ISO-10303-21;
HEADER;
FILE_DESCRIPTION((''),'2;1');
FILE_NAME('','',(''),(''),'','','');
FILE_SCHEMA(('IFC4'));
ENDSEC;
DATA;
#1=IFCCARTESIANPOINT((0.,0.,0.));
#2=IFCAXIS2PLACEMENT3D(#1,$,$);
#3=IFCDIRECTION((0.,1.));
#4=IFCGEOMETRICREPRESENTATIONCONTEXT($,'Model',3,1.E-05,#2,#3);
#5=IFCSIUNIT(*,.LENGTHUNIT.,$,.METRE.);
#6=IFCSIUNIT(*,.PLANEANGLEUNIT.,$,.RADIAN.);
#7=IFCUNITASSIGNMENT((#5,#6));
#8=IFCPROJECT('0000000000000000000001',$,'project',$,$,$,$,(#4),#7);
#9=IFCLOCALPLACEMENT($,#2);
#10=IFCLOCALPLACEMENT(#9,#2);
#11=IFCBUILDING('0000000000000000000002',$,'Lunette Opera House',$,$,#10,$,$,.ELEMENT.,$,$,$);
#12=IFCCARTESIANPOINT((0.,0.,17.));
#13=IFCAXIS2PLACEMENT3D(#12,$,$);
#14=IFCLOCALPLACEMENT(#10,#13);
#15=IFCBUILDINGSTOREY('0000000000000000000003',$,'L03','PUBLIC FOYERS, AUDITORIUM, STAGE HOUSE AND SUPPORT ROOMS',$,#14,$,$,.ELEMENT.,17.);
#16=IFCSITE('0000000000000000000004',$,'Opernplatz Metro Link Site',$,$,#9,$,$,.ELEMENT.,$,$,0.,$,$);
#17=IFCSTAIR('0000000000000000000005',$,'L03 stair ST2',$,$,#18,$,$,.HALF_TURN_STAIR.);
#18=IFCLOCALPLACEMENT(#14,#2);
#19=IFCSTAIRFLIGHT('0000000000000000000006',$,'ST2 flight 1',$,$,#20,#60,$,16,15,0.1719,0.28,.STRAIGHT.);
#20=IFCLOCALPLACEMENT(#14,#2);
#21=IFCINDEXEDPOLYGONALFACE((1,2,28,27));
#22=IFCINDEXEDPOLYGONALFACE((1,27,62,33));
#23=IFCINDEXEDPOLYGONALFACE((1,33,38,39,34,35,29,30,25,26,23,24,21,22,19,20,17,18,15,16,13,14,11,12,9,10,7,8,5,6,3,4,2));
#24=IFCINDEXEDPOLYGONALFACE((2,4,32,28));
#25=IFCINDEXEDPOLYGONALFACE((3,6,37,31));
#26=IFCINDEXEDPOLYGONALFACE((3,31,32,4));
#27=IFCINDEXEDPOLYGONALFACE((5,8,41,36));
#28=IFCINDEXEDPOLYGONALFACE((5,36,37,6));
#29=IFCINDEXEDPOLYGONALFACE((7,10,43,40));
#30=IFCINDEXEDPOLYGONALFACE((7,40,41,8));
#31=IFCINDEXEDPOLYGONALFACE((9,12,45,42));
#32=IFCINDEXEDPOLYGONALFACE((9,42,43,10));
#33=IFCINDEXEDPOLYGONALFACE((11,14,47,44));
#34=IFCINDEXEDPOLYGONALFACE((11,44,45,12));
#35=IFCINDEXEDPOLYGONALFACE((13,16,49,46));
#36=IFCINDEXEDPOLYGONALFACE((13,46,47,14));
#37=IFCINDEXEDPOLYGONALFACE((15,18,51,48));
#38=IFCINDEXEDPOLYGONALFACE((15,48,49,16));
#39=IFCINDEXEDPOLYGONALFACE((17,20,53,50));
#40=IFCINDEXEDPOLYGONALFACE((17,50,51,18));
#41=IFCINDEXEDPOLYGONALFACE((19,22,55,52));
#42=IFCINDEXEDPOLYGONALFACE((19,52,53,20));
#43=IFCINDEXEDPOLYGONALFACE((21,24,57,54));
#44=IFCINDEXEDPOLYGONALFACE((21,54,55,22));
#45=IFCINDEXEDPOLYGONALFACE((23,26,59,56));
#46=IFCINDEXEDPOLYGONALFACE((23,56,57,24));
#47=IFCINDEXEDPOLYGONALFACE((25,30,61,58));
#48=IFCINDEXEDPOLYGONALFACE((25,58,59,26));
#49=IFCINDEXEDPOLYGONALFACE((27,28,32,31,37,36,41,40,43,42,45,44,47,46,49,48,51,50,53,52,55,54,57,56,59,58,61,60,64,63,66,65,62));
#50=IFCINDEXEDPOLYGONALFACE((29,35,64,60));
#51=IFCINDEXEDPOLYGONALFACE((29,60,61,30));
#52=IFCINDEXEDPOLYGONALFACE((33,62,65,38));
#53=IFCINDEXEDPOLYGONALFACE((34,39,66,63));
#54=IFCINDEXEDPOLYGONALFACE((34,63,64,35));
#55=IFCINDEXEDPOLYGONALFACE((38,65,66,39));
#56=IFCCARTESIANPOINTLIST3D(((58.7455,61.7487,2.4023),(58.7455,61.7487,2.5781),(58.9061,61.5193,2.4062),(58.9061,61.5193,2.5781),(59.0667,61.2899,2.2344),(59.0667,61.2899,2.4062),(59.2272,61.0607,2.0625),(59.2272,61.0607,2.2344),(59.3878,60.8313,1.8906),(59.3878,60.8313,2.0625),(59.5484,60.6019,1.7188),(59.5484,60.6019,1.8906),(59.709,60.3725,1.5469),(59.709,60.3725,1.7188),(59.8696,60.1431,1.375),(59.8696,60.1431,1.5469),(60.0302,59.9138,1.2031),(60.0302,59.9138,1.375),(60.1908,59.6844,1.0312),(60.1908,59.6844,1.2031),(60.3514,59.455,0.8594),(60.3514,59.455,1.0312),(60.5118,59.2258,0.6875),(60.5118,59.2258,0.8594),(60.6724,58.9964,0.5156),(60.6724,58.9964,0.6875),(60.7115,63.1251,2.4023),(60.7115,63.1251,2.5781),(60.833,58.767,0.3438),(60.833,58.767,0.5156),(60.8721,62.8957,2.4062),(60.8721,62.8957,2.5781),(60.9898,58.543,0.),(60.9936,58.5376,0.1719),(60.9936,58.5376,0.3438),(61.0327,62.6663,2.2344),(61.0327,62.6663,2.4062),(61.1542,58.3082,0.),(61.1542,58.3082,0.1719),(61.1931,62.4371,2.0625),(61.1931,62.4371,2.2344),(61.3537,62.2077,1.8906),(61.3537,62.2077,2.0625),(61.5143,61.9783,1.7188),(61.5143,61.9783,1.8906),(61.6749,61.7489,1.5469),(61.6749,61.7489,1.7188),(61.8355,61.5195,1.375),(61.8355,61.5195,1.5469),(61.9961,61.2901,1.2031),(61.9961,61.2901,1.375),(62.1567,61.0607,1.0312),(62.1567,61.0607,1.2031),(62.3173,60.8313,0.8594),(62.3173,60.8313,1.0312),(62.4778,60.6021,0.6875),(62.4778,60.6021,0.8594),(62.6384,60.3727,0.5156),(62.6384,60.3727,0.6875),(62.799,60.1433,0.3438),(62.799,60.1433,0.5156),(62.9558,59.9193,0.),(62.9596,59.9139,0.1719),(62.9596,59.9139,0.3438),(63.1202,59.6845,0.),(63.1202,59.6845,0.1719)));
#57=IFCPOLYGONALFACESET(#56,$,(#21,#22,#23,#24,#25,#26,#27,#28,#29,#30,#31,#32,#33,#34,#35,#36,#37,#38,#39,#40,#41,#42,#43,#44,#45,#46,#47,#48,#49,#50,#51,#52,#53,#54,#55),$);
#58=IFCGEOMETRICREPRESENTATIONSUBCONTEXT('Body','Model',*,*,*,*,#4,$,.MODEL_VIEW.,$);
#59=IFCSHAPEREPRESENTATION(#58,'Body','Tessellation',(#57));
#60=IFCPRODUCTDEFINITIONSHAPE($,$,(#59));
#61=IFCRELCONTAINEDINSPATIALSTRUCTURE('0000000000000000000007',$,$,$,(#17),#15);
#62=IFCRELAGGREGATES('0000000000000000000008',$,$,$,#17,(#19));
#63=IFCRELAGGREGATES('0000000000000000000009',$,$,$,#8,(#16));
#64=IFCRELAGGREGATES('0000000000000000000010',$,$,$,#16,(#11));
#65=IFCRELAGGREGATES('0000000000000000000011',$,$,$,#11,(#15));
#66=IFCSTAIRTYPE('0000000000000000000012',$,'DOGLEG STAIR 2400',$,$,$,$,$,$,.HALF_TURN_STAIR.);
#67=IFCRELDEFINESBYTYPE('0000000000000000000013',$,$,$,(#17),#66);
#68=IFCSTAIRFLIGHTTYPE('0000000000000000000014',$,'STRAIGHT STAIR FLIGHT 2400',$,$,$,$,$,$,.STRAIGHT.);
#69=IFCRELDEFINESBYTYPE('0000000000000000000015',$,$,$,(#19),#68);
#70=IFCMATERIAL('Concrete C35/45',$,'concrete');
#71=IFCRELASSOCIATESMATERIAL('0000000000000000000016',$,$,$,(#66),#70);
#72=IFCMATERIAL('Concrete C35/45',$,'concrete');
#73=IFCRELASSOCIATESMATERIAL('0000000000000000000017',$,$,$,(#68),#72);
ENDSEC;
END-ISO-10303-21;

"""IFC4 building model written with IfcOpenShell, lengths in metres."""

from ifc_helpers import new_model, si_unit, direction, frame, origin, place, context, subcontext, project, spatial, polyline, outline, extrude, material, type_object, element, aggregate, save


model = new_model("IFC4")

# Units and contexts
model_context = context("Model", 3, precision=1e-05, world=origin(), true_north=direction((0.0, 1.0)))
body_context = subcontext(model_context, "Body", "Model", "MODEL_VIEW")
ifc_project = project(units=[si_unit("LENGTHUNIT", "METRE"), si_unit("PLANEANGLEUNIT", "RADIAN")], contexts=[model_context])

# Site, building, storey
site_placement = place(None, origin())
site = spatial("IfcSite", under=ifc_project, at=site_placement, Name="Opernplatz Metro Link Site", CompositionType="ELEMENT", RefElevation=0.0)
building_placement = place(site_placement, origin())
building = spatial("IfcBuilding", under=site, at=building_placement, Name="Lunette Opera House", CompositionType="ELEMENT")
storey_placement = place(building_placement, frame((0.0, 0.0, 17.0)))
storey = spatial("IfcBuildingStorey", under=building, at=storey_placement, Name="L03", Description="PUBLIC FOYERS, AUDITORIUM, STAGE HOUSE AND SUPPORT ROOMS", CompositionType="ELEMENT", Elevation=17.0)

# Stair, stair flight
ifc_material_1 = material(Name="Concrete C35/45", Category="concrete")
stair_type = type_object("IfcStairType", Name="DOGLEG STAIR 2400", PredefinedType="HALF_TURN_STAIR", material=ifc_material_1)
stair_placement = place(storey_placement, origin())
stair = element("IfcStair", 1, at=stair_placement, inside=storey, type_object=stair_type, Name="L03 stair ST2", PredefinedType="HALF_TURN_STAIR")
ifc_material_2 = material(Name="Concrete C35/45", Category="concrete")
stair_flight_type = type_object("IfcStairFlightType", Name="STRAIGHT STAIR FLIGHT 2400", PredefinedType="STRAIGHT", material=ifc_material_2)
stair_flight_placement = place(storey_placement, frame((62.1372, 58.9963, 0.0), z_axis=(0.0, 0.0, 1.0), x_axis=(-0.57351, 0.819198, 0.0)))
stair_flight = element("IfcStairFlight", 2, at=stair_flight_placement, type_object=stair_flight_type, Name="ST2 flight 1", NumberOfRisers=16, NumberOfTreads=15, PredefinedType="STRAIGHT", RiserHeight=0.1719, TreadLength=0.28, context=body_context, shape_type="SweptSolid", body=[
    extrude(outline(polyline([(0.0, 0.0), (0.0, 0.1719), (0.28, 0.1719), (0.28, 0.3438), (0.5601, 0.3438), (0.5601, 0.5156), (0.8401, 0.5156), (0.8401, 0.6875), (1.1201, 0.6875), (1.1201, 0.8594), (1.3999, 0.8594), (1.3999, 1.0312), (1.6799, 1.0312), (1.6799, 1.2031), (1.96, 1.2031), (1.96, 1.375), (2.24, 1.375), (2.24, 1.5469), (2.52, 1.5469), (2.52, 1.7188), (2.8, 1.7188), (2.8, 1.8906), (3.0801, 1.8906), (3.0801, 2.0625), (3.3601, 2.0625), (3.3601, 2.2344), (3.6399, 2.2344), (3.6399, 2.4062), (3.9199, 2.4062), (3.9199, 2.5781), (4.2, 2.5781), (4.2, 2.75), (4.2, 2.4023), (0.2866, 0.0), (0.0, 0.0)])), frame((0.0, 1.2, 0.0), z_axis=(0.0, -1.0, 0.0), x_axis=(1.0, 0.0, 0.0)), (0.0, 0.0, 1.0), 2.3999),
])
aggregate(stair, [stair_flight])

save(model, "model.ifc")
